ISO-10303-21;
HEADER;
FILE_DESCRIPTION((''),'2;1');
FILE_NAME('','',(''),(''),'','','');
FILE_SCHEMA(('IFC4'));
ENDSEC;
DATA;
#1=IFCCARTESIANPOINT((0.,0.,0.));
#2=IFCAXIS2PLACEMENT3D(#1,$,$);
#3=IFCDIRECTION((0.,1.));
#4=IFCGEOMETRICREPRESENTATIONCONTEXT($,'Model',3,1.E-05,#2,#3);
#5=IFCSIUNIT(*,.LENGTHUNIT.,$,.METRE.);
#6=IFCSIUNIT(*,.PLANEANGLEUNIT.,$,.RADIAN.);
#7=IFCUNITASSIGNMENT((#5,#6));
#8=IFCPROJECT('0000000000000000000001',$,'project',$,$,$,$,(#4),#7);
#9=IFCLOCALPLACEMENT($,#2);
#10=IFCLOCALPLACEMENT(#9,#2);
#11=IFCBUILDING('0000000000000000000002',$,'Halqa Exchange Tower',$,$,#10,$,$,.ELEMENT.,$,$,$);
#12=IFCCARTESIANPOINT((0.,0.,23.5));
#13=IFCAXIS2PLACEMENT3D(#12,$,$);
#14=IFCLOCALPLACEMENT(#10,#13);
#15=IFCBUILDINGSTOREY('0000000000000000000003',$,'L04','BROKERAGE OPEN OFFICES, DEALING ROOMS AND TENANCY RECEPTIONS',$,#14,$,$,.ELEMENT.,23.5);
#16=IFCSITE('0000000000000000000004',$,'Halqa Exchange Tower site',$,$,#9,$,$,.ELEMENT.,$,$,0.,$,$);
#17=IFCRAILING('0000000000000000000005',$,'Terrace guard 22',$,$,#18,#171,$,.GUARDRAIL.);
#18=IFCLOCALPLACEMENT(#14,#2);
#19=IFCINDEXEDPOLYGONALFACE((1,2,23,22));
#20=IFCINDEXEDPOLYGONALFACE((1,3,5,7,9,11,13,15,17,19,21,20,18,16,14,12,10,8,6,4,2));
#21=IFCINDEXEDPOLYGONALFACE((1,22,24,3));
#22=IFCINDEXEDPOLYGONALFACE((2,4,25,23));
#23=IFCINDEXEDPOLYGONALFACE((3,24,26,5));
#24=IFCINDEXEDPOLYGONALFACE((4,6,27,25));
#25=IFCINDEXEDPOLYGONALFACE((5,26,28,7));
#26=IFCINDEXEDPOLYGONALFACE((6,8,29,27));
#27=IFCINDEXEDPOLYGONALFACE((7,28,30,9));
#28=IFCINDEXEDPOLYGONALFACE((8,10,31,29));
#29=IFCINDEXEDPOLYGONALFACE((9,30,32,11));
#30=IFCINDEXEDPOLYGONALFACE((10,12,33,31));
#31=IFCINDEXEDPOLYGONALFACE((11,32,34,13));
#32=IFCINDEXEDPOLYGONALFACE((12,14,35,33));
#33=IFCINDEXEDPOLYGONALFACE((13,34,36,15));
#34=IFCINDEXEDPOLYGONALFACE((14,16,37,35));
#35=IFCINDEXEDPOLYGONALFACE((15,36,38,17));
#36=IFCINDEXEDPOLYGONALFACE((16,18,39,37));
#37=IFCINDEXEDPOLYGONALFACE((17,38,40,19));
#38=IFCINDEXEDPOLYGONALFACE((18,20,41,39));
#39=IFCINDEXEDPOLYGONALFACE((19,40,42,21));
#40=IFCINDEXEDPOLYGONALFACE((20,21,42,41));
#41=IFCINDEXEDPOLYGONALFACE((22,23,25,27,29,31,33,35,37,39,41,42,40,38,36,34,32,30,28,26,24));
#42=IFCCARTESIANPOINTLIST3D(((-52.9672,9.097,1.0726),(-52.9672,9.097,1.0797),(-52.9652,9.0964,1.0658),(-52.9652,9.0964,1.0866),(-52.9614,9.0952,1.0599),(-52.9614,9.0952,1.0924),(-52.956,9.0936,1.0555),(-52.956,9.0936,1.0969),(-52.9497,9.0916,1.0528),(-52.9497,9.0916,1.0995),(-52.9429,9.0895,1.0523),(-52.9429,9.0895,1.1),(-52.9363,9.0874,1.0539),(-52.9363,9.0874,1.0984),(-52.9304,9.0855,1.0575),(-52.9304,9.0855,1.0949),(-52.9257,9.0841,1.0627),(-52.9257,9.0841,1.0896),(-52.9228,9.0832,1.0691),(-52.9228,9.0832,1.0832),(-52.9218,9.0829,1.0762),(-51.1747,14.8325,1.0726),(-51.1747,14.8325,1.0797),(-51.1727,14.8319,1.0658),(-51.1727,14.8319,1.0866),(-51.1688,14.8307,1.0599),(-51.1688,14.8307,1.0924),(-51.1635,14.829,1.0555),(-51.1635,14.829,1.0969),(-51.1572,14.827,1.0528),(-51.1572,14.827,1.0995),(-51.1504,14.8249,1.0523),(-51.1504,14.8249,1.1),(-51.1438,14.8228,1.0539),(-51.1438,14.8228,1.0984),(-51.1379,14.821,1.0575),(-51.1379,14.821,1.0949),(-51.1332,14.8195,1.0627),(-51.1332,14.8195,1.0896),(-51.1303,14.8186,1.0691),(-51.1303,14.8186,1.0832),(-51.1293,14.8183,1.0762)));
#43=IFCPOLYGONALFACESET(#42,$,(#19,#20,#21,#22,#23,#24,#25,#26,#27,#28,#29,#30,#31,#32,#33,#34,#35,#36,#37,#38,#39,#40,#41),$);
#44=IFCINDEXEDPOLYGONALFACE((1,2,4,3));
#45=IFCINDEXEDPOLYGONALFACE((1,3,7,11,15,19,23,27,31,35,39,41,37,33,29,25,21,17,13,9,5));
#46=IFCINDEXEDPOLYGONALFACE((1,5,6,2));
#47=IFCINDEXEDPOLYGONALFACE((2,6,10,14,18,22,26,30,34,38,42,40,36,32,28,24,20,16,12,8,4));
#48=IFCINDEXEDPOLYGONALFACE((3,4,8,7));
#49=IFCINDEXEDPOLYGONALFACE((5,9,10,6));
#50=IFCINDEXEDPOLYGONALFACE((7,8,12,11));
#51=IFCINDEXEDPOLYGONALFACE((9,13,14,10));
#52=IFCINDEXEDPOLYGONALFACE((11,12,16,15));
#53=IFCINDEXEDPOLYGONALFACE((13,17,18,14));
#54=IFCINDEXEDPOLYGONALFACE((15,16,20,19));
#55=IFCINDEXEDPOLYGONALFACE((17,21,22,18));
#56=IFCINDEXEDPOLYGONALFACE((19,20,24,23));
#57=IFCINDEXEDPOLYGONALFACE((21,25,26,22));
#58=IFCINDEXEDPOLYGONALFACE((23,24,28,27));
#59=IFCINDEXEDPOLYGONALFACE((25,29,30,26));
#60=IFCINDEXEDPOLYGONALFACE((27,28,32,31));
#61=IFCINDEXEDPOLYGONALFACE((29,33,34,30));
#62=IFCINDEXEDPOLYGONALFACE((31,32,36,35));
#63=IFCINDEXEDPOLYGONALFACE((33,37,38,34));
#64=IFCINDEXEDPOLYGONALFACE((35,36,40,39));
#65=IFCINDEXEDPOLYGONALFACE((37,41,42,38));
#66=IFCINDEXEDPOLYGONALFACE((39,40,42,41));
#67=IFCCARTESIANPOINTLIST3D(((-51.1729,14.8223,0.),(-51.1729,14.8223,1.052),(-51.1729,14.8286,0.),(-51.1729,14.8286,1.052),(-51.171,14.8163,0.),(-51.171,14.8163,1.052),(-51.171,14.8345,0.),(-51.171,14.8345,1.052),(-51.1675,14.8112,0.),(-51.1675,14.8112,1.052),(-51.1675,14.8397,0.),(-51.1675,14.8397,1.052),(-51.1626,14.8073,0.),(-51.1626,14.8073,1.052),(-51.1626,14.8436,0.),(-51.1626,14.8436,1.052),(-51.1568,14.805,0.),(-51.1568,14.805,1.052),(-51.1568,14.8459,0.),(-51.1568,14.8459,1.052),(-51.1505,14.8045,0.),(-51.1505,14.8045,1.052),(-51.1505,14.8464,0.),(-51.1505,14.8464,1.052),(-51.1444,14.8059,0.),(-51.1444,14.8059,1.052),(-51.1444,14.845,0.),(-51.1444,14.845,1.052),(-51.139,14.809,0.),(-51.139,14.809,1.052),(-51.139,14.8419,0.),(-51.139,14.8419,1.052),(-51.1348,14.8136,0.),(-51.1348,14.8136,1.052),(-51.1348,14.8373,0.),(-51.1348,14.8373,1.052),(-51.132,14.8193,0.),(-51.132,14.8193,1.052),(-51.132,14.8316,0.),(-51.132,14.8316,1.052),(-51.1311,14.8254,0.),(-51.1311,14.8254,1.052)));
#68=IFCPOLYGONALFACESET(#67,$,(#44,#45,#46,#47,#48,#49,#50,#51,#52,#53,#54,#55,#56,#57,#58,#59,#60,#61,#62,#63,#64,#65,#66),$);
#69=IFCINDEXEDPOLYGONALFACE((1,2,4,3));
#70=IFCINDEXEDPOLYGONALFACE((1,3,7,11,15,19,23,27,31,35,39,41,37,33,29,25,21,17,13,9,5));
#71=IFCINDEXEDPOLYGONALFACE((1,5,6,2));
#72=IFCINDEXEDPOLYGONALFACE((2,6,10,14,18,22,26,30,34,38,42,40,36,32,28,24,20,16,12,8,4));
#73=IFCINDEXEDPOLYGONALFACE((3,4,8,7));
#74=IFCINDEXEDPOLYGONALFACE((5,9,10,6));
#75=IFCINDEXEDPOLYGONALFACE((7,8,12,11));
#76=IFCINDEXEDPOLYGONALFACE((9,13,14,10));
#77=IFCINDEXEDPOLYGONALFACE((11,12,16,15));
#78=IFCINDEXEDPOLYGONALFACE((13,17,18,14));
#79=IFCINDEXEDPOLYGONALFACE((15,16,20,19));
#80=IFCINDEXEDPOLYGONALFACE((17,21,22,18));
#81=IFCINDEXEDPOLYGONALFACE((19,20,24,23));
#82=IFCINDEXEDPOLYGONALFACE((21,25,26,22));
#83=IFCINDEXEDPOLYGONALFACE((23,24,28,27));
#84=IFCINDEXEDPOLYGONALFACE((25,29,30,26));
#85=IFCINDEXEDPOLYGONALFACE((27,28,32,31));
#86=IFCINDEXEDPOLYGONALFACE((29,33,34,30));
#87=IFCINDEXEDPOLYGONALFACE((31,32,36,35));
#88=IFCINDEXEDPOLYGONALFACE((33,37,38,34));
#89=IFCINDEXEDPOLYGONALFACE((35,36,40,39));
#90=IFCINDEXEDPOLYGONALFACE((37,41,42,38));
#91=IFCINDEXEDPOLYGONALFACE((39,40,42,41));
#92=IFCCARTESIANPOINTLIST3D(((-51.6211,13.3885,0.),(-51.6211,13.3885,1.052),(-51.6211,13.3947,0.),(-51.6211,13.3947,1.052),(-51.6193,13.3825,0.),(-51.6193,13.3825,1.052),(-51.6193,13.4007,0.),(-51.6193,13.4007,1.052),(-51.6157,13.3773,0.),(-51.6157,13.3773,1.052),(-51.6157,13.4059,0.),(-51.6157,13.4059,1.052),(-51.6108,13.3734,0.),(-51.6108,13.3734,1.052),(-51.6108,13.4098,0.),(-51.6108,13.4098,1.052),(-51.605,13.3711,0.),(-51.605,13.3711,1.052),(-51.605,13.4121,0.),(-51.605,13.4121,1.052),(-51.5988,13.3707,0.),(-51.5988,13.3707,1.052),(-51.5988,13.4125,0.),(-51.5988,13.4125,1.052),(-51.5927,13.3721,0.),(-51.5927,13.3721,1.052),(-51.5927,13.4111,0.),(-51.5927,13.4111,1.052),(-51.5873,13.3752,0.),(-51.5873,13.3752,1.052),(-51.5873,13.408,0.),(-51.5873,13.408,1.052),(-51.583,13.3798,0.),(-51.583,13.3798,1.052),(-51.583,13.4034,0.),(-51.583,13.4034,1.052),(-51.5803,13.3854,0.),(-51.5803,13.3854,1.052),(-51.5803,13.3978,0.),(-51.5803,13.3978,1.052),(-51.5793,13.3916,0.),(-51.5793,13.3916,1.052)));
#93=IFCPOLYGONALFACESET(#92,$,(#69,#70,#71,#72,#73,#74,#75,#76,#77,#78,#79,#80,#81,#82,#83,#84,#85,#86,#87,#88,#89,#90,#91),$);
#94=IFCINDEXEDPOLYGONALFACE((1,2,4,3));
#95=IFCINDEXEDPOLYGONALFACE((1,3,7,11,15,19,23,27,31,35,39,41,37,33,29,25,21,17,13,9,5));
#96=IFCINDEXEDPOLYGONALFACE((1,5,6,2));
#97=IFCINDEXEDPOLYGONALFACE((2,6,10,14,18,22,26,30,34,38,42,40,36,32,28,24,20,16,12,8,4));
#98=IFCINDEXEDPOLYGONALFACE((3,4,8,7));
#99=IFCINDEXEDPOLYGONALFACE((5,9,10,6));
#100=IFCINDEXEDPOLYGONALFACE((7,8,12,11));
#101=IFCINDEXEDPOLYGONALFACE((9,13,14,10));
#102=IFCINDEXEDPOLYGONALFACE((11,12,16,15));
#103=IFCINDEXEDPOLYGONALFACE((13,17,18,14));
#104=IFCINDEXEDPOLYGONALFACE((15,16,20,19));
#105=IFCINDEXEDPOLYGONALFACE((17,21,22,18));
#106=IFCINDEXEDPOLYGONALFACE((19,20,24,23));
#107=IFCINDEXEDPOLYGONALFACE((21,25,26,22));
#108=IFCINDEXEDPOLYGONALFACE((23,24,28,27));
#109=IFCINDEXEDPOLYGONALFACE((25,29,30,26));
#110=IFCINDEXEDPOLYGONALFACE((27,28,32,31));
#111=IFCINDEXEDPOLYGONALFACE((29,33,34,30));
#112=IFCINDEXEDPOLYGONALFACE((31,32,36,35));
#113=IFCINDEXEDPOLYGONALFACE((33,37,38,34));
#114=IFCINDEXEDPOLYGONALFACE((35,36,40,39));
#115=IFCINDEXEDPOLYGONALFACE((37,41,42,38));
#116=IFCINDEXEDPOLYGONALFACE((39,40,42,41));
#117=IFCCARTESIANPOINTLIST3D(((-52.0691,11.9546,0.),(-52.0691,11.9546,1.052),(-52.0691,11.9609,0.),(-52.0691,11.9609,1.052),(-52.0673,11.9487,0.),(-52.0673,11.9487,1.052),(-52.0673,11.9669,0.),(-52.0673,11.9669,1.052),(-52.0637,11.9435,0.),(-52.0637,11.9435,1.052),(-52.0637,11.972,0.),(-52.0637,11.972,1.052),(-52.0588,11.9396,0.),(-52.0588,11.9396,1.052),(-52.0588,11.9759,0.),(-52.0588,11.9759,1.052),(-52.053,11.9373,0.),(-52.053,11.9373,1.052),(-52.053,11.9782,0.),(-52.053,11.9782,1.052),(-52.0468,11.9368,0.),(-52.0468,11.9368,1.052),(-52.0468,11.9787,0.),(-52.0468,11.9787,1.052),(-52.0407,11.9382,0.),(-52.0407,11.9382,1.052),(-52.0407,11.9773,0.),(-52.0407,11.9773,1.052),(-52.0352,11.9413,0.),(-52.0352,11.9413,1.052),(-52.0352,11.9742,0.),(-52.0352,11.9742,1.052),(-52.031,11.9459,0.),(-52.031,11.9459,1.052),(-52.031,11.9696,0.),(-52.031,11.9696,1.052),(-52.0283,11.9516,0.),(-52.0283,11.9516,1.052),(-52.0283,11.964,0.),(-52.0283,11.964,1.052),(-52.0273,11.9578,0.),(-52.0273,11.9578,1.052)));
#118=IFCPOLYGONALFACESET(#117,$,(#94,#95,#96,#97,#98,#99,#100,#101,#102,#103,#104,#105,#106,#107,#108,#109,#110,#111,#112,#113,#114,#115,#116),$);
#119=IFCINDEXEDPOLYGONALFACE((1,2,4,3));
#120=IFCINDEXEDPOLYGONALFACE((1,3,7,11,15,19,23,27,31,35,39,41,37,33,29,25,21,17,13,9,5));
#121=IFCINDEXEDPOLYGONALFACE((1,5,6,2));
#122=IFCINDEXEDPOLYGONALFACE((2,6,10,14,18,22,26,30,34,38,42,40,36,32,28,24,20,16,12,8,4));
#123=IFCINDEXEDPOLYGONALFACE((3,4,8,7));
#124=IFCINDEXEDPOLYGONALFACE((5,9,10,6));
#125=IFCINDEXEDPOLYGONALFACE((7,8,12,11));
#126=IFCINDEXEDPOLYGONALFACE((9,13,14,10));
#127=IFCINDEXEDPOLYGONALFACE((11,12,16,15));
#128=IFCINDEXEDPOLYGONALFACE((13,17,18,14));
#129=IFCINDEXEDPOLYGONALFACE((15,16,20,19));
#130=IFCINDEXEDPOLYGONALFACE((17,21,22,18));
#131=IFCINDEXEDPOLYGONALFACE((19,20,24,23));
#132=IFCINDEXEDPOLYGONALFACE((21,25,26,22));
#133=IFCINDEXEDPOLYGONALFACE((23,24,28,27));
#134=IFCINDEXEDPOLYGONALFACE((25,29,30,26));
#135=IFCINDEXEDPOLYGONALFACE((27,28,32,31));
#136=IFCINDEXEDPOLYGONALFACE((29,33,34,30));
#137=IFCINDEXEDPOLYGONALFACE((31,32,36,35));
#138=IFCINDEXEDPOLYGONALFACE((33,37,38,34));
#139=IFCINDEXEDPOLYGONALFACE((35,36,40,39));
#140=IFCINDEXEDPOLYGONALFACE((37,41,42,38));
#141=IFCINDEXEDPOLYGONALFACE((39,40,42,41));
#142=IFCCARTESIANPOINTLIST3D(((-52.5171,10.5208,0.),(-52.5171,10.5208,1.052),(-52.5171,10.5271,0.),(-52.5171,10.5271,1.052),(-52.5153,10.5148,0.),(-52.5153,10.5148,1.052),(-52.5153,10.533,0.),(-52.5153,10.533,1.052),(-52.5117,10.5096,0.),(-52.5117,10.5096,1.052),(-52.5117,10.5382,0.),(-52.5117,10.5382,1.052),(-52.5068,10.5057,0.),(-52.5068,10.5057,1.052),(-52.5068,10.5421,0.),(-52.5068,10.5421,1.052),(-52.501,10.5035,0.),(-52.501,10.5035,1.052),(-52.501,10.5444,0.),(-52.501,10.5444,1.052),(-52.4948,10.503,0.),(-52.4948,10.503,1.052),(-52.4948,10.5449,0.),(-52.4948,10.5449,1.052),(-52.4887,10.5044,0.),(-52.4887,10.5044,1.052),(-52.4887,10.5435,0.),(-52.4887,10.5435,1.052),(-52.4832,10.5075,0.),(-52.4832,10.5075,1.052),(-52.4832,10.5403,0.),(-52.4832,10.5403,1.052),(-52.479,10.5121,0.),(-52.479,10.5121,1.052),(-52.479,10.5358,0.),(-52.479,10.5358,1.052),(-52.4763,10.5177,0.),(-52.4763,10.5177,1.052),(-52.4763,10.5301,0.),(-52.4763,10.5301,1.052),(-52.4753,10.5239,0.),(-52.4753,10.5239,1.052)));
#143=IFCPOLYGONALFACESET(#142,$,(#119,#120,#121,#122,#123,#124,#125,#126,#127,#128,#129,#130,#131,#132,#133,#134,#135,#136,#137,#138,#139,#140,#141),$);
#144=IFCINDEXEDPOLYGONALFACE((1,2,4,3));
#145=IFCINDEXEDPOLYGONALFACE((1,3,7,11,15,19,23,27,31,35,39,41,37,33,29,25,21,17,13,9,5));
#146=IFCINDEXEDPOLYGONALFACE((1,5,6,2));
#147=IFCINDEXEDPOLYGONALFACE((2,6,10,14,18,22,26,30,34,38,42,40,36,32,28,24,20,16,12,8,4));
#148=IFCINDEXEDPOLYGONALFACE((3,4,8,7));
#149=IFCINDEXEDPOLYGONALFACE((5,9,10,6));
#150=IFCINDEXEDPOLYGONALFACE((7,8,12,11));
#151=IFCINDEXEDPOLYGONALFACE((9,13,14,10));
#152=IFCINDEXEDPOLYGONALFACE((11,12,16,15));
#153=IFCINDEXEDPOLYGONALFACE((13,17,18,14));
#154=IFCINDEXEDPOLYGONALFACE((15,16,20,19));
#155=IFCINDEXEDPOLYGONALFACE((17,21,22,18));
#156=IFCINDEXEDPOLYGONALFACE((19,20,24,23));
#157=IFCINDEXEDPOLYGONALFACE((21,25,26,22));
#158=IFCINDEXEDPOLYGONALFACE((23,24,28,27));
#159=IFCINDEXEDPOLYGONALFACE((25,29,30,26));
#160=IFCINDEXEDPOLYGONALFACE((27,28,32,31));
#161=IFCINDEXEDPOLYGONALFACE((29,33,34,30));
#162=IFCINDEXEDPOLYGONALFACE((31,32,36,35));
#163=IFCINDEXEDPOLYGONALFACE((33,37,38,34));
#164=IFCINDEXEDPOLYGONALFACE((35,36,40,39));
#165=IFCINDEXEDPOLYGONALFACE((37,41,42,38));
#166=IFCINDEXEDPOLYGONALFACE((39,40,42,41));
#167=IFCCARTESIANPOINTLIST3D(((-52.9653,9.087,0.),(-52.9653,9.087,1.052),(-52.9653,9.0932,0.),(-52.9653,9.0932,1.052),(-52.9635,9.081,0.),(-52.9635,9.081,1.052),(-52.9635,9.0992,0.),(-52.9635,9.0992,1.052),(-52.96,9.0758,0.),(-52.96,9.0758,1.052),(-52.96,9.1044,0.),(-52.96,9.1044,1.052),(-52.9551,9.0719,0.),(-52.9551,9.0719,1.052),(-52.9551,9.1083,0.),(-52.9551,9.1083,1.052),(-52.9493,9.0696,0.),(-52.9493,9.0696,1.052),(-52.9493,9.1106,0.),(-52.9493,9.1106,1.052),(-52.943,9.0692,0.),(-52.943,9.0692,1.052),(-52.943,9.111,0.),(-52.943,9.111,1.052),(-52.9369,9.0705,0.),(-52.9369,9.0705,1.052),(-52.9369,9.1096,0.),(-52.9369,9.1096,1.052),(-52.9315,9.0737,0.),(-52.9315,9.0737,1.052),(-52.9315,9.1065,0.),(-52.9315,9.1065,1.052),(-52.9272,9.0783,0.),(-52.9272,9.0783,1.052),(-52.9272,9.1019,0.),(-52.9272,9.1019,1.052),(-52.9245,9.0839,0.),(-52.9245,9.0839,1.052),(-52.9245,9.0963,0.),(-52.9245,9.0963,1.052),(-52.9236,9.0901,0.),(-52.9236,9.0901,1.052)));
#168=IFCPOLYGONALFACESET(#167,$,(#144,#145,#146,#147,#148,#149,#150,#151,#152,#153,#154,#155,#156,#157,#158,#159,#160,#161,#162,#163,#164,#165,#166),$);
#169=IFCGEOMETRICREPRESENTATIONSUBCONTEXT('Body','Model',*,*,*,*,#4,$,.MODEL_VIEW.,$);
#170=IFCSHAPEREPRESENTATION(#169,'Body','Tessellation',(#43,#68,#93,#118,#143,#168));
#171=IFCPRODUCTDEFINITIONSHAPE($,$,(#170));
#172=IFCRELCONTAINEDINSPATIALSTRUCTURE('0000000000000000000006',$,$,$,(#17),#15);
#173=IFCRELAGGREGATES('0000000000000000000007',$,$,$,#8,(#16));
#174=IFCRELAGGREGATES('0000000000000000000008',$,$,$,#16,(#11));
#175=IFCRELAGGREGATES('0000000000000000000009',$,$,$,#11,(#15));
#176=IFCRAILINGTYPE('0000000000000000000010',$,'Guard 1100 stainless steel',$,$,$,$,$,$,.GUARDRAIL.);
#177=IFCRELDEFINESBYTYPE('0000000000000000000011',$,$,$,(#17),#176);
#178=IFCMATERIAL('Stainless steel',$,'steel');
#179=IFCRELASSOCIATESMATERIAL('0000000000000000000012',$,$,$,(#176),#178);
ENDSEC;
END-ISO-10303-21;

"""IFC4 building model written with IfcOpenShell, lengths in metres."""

from ifc_helpers import new_model, si_unit, direction, frame, origin, origin_2d, place, context, subcontext, project, spatial, circle, extrude, material, type_object, element, save


model = new_model("IFC4")

# Units and contexts
model_context = context("Model", 3, precision=1e-05, world=origin(), true_north=direction((0.0, 1.0)))
body_context = subcontext(model_context, "Body", "Model", "MODEL_VIEW")
ifc_project = project(units=[si_unit("LENGTHUNIT", "METRE"), si_unit("PLANEANGLEUNIT", "RADIAN")], contexts=[model_context])

# Site, building, storey
site_placement = place(None, origin())
site = spatial("IfcSite", under=ifc_project, at=site_placement, Name="Halqa Exchange Tower site", CompositionType="ELEMENT", RefElevation=0.0)
building_placement = place(site_placement, origin())
building = spatial("IfcBuilding", under=site, at=building_placement, Name="Halqa Exchange Tower", CompositionType="ELEMENT")
storey_placement = place(building_placement, frame((0.0, 0.0, 23.5)))
storey = spatial("IfcBuildingStorey", under=building, at=storey_placement, Name="L04", Description="BROKERAGE OPEN OFFICES, DEALING ROOMS AND TENANCY RECEPTIONS", CompositionType="ELEMENT", Elevation=23.5)

# Railing
ifc_material_1 = material(Name="Stainless steel", Category="steel")
railing_type = type_object("IfcRailingType", Name="Guard 1100 stainless steel", PredefinedType="GUARDRAIL", material=ifc_material_1)
railing_1_placement = place(storey_placement, frame((-51.1521, 14.8254, 0.0)))
element("IfcRailing", 1, at=railing_1_placement, inside=storey, type_object=railing_type, Name="Terrace guard 22", PredefinedType="GUARDRAIL", context=body_context, shape_type="SweptSolid", body=[
    extrude(circle(Radius=0.0239, at=origin_2d()), frame((0.0, 0.0, 1.0762), z_axis=(-0.298303, -0.954471, 0.0), x_axis=(0.954471, -0.298303, 0.0)), (0.0, 0.0, 1.0), 6.009),
    extrude(circle(Radius=0.021, at=origin_2d()), origin(), (0.0, 0.0, 1.0), 1.052),
    extrude(circle(Radius=0.021, at=origin_2d()), frame((-0.4482, -1.4338, 0.0)), (0.0, 0.0, 1.0), 1.052),
    extrude(circle(Radius=0.021, at=origin_2d()), frame((-0.8962, -2.8677, 0.0)), (0.0, 0.0, 1.0), 1.052),
    extrude(circle(Radius=0.021, at=origin_2d()), frame((-1.3442, -4.3015, 0.0)), (0.0, 0.0, 1.0), 1.052),
    extrude(circle(Radius=0.021, at=origin_2d()), frame((-1.7925, -5.7354, 0.0)), (0.0, 0.0, 1.0), 1.052),
])

save(model, "model.ifc")
